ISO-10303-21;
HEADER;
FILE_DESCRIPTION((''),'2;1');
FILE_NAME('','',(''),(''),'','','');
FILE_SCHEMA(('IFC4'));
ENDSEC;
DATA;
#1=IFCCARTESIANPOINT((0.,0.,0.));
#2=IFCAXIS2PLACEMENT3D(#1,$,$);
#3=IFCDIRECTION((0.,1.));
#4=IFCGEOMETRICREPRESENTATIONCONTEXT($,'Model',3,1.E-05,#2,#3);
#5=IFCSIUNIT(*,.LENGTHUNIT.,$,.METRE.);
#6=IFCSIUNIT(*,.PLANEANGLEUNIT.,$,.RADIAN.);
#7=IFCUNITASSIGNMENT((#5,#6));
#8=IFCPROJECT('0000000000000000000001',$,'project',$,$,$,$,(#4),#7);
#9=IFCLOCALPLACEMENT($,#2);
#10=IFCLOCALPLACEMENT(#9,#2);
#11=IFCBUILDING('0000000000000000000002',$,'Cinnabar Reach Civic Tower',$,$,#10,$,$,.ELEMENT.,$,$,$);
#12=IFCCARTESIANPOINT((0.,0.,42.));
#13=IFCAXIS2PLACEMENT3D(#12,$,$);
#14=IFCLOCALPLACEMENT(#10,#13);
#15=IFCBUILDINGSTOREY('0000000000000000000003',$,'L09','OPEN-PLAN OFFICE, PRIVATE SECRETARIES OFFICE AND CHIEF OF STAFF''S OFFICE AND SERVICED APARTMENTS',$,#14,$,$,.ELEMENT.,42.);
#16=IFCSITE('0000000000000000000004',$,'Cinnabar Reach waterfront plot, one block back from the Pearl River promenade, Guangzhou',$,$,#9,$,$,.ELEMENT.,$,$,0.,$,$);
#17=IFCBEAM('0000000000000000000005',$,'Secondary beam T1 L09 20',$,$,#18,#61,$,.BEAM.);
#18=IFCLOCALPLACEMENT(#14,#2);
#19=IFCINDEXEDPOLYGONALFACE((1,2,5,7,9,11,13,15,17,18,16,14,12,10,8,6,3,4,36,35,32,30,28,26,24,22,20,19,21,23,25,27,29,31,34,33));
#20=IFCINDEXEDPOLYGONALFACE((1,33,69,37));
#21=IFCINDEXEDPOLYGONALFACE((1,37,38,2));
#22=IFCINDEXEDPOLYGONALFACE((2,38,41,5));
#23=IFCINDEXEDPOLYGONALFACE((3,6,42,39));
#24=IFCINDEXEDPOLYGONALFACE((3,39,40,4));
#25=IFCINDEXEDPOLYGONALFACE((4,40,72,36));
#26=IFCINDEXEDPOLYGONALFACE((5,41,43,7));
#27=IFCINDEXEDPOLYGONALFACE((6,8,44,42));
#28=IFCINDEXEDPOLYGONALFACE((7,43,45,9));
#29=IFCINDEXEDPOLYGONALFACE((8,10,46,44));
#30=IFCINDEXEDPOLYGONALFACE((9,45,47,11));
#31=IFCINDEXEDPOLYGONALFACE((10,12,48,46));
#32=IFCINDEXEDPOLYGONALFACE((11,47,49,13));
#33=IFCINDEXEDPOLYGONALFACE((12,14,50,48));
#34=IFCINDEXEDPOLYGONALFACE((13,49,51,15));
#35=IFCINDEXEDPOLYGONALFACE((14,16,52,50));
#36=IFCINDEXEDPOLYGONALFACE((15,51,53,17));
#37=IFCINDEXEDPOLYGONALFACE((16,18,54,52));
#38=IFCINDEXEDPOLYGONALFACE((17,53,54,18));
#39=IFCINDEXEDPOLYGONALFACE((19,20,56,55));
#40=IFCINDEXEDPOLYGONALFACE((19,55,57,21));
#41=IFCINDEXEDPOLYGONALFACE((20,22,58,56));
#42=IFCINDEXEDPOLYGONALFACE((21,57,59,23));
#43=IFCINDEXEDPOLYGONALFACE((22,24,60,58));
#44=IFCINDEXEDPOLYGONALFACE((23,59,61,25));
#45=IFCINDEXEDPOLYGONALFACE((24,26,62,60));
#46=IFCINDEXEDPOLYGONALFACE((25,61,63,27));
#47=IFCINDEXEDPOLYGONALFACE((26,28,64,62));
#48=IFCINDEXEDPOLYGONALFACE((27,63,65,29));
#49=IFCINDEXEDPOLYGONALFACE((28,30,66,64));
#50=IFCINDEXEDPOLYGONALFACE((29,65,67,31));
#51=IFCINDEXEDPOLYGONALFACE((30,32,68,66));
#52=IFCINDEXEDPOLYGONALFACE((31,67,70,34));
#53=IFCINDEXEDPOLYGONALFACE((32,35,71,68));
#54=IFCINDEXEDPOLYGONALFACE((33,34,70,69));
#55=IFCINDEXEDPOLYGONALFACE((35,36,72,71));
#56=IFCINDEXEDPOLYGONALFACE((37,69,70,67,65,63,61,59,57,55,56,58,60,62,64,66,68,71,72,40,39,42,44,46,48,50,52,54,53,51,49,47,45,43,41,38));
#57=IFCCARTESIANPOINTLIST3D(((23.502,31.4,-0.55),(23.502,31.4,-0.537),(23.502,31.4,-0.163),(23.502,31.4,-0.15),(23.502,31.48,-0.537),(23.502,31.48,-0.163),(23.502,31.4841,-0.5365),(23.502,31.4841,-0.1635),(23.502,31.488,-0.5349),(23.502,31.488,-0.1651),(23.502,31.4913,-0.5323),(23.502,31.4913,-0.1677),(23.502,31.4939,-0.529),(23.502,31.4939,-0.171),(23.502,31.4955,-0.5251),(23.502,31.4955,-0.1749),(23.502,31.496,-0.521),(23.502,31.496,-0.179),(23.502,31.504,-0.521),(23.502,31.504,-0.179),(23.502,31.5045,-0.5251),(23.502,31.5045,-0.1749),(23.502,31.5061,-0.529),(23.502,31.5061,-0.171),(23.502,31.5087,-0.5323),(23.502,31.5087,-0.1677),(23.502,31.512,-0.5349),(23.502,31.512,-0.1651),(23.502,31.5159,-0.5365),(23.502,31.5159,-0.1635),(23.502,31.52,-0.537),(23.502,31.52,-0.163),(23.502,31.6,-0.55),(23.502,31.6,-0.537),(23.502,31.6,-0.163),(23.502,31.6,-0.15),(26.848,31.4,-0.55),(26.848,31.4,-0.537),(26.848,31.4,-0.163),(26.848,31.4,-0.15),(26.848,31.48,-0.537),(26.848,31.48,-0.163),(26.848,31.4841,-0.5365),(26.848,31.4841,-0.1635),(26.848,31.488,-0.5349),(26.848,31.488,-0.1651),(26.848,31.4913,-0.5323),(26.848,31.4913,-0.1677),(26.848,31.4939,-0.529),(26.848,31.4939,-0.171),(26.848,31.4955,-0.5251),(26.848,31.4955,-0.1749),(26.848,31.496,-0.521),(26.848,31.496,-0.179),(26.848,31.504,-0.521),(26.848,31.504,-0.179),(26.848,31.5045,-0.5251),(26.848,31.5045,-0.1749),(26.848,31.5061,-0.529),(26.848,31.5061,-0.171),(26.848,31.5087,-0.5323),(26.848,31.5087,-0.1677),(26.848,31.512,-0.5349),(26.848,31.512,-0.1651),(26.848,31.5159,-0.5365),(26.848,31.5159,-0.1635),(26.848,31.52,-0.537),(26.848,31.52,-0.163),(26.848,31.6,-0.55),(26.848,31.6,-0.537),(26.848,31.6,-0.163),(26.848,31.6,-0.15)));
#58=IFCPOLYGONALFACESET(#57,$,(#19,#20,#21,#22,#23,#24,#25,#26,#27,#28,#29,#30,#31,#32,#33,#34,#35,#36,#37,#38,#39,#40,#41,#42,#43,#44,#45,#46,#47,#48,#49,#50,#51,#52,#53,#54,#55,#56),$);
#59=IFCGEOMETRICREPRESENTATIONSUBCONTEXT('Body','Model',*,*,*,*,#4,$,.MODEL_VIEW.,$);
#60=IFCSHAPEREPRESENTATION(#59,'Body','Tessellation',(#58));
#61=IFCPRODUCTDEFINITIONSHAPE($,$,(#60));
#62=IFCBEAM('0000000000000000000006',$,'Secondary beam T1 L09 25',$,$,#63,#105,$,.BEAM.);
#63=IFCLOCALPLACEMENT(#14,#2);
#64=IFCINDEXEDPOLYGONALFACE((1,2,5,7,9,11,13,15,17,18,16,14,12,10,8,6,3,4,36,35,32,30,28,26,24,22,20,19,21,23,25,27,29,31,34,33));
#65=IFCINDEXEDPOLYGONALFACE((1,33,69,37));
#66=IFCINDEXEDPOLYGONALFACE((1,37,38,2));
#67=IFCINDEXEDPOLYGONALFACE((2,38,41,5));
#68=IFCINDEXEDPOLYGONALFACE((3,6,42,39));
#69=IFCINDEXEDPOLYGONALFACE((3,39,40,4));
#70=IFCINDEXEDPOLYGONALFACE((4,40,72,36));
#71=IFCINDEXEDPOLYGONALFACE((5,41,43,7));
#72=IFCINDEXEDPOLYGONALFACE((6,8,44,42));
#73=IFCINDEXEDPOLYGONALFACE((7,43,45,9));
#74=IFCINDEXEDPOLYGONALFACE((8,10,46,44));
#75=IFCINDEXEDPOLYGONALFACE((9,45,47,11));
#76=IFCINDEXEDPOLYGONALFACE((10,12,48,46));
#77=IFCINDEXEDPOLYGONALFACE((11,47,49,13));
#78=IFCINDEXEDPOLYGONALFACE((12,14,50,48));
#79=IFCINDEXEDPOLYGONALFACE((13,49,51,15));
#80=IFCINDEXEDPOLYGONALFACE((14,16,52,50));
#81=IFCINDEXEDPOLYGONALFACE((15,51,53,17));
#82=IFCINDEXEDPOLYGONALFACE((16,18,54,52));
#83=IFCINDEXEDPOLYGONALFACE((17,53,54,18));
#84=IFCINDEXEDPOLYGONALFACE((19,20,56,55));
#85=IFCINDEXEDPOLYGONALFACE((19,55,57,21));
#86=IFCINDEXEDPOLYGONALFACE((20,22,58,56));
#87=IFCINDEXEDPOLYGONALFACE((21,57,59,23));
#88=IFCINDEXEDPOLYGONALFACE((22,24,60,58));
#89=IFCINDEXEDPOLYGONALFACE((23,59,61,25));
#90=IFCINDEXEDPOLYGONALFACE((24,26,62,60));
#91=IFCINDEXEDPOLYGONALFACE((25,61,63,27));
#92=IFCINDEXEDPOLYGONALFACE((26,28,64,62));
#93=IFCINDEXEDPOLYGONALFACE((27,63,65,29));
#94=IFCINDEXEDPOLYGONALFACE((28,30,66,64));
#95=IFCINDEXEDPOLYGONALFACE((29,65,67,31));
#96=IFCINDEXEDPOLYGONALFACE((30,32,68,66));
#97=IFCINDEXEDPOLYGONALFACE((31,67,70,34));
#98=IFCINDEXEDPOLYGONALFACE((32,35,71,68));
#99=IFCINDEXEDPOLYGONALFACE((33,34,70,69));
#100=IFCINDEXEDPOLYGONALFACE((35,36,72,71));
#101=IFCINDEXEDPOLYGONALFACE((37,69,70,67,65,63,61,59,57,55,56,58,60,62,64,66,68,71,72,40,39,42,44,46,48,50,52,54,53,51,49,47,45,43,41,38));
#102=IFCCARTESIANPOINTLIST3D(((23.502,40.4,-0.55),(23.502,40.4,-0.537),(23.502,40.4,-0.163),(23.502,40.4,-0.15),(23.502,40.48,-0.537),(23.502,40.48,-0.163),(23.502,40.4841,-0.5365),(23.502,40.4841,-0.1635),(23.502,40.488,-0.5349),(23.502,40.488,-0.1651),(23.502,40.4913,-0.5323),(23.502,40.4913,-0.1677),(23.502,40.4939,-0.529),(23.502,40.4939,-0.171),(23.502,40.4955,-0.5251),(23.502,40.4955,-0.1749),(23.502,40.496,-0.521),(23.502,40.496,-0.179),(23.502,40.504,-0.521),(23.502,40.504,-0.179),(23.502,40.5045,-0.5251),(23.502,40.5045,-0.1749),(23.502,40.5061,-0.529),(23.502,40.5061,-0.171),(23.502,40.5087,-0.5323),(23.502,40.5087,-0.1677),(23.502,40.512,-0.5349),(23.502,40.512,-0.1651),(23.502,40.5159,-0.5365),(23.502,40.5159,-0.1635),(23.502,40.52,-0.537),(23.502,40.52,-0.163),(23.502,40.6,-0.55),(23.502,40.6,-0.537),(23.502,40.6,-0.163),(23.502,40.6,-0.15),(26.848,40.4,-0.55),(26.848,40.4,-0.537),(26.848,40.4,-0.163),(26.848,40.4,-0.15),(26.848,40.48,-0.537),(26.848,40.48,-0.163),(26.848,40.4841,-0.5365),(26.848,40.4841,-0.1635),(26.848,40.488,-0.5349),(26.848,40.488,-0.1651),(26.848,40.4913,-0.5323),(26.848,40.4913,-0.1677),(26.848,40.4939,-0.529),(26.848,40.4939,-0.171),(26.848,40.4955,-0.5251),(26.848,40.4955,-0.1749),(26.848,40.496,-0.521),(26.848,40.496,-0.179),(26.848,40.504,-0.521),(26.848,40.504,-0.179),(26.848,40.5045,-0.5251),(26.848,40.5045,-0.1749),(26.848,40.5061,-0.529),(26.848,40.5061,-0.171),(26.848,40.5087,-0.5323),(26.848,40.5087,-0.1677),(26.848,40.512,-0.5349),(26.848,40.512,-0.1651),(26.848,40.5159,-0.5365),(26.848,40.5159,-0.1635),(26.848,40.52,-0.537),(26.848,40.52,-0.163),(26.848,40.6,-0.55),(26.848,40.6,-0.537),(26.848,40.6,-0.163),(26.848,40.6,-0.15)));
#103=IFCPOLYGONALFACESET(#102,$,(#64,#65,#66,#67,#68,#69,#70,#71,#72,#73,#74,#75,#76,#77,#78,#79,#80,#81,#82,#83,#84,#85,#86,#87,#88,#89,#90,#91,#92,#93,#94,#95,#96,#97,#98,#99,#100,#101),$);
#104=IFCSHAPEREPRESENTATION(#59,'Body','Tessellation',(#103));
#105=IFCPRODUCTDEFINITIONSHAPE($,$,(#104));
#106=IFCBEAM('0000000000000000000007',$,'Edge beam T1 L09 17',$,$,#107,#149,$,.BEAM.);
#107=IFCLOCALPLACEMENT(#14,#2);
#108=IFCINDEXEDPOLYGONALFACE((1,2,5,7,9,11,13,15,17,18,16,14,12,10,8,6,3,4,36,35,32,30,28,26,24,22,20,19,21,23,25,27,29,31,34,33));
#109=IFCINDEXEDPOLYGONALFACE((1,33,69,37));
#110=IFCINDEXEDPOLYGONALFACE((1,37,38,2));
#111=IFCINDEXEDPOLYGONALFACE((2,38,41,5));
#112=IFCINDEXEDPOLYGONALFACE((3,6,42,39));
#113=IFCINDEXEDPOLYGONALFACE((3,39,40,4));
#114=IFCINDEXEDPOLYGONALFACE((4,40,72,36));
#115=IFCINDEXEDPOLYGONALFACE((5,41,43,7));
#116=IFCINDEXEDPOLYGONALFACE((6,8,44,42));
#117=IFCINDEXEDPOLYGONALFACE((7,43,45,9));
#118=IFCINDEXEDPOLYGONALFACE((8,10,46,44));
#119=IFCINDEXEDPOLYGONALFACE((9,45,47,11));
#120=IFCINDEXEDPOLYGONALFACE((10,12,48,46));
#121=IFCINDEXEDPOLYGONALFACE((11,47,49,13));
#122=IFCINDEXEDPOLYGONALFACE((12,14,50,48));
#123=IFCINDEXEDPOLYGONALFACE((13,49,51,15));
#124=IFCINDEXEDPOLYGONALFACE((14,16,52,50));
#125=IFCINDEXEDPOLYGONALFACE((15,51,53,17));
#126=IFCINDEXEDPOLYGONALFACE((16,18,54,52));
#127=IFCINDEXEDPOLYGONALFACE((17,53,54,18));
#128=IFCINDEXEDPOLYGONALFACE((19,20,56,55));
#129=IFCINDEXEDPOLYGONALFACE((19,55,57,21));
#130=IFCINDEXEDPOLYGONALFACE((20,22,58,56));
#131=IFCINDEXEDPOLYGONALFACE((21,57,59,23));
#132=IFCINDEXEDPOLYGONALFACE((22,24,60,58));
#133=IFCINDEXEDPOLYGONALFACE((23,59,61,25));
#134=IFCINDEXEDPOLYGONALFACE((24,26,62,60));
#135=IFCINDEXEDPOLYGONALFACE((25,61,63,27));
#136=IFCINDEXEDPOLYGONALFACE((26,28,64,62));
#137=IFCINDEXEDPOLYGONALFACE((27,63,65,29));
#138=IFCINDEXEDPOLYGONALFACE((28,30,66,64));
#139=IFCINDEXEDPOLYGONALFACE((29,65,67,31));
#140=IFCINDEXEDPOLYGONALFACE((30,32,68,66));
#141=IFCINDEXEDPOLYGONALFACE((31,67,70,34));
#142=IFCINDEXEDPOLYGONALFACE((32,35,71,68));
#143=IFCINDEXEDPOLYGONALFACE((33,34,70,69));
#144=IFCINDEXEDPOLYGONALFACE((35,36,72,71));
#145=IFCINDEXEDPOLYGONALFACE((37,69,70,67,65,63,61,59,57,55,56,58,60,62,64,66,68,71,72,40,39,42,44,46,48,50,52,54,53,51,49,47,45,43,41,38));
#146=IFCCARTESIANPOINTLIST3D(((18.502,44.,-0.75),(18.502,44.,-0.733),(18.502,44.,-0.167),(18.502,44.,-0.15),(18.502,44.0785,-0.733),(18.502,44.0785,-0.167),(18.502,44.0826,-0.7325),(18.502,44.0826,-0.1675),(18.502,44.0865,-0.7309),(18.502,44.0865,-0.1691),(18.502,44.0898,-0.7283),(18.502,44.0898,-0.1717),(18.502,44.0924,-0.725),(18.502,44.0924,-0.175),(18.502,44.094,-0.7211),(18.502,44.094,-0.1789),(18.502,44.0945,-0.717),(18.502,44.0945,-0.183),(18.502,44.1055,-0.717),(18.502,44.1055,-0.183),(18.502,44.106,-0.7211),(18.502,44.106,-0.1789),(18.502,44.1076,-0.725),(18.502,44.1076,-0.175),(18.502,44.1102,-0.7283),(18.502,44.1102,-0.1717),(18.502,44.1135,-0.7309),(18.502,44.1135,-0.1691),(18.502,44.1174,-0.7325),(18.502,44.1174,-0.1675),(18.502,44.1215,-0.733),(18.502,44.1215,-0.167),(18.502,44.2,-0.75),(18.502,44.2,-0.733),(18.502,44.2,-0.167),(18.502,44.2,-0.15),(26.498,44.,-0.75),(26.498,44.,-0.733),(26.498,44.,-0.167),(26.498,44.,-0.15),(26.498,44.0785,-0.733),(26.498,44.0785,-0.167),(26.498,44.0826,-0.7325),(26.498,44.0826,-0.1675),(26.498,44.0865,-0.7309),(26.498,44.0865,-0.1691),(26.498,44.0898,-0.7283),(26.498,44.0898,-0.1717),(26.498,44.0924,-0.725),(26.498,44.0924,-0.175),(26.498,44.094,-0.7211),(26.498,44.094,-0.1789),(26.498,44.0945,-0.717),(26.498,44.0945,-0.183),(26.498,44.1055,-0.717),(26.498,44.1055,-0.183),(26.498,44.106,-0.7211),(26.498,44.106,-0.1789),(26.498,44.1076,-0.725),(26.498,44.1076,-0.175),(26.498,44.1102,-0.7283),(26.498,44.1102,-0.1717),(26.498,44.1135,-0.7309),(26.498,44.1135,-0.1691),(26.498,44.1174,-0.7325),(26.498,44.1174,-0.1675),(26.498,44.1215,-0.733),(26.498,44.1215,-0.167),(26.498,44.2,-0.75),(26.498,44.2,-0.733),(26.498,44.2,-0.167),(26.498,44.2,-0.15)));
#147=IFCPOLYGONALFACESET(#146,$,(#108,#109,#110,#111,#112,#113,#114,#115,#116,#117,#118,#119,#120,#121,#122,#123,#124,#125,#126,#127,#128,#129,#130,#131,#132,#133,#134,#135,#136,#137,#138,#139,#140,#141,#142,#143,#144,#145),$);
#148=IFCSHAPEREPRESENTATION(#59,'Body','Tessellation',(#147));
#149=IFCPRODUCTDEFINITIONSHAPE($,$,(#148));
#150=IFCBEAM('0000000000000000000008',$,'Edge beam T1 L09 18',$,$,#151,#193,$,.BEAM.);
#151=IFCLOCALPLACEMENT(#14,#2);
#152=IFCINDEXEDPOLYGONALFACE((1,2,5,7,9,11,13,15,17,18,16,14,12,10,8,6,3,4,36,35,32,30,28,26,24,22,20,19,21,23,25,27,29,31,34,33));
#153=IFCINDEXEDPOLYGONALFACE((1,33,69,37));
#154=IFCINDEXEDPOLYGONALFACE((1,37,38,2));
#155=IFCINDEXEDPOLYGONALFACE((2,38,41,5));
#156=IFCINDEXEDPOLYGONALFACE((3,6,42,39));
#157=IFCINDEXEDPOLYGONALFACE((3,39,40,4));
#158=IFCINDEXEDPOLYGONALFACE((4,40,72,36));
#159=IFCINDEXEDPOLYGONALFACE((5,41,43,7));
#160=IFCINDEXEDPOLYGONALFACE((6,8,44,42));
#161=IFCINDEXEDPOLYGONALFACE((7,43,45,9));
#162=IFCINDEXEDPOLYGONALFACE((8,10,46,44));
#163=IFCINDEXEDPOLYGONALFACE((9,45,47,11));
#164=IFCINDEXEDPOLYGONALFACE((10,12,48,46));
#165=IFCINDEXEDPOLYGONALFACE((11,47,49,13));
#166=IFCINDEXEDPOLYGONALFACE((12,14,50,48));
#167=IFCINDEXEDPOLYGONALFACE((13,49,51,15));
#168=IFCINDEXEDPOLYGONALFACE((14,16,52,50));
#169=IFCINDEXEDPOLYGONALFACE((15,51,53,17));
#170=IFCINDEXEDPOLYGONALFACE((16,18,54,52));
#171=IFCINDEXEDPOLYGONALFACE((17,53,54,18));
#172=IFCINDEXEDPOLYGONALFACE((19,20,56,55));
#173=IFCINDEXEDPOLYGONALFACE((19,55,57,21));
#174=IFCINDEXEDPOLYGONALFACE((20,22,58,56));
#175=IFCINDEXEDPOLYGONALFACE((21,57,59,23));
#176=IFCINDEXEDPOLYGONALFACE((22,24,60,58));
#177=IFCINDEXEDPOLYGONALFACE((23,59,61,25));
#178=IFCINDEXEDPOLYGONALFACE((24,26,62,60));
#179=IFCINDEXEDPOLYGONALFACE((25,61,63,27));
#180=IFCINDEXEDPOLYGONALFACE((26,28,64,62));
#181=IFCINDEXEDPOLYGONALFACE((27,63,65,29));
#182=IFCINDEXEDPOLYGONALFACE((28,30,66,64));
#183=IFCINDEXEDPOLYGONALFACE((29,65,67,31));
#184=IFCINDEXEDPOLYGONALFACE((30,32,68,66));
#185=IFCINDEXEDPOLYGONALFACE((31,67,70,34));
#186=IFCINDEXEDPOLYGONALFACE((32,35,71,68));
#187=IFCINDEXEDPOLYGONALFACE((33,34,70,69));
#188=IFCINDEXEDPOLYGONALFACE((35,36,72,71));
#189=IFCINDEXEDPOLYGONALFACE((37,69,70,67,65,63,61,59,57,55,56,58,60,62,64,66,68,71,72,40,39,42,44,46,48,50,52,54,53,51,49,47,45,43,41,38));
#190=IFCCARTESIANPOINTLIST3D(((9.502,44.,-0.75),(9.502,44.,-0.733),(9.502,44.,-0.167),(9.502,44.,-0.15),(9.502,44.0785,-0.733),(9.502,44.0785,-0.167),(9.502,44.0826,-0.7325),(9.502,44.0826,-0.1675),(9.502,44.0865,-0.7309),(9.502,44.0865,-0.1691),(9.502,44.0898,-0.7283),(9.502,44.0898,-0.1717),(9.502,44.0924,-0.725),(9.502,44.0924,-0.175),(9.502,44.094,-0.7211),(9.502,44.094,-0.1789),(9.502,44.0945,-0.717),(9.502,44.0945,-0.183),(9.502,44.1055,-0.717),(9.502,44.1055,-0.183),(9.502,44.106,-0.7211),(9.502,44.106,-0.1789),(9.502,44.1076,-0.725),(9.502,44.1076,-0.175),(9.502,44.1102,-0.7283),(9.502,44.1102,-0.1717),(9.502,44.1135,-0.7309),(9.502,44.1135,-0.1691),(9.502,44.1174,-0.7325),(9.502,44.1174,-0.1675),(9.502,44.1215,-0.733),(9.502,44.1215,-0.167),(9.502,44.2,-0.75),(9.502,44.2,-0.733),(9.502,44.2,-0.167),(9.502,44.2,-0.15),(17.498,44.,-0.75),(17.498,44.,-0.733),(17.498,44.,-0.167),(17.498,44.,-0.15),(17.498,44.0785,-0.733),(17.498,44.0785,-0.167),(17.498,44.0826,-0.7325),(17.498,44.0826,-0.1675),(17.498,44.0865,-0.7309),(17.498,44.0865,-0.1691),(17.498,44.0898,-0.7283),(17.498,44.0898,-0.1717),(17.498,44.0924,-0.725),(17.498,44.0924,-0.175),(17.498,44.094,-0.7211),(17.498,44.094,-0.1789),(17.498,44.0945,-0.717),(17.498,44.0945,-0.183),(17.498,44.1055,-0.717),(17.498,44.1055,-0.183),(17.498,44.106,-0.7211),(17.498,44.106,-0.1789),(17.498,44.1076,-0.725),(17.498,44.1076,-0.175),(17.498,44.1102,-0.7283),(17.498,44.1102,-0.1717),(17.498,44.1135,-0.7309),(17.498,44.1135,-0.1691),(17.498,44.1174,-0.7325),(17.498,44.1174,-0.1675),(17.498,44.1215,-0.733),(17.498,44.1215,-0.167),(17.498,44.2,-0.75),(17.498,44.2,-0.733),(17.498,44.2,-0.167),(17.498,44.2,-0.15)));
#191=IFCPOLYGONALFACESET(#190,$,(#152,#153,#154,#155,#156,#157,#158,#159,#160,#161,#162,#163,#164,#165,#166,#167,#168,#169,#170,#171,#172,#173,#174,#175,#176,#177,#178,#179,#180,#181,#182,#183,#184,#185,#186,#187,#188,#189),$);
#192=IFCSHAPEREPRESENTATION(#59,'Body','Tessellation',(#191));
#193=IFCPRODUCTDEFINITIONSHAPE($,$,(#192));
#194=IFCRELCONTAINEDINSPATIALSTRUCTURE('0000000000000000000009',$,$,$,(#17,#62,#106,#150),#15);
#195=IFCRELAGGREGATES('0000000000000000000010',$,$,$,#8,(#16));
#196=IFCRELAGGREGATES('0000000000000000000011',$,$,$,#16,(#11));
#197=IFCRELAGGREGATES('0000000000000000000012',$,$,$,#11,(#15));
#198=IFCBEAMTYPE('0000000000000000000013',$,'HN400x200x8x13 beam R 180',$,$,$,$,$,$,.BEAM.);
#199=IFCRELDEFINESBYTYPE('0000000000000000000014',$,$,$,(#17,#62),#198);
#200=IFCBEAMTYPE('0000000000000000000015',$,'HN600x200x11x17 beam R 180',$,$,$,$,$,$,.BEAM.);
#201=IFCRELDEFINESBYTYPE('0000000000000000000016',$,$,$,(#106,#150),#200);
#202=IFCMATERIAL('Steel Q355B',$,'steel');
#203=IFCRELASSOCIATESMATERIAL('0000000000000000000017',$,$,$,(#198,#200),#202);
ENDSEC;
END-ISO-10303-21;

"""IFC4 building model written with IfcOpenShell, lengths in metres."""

from ifc_helpers import new_model, si_unit, direction, frame, origin, origin_2d, place, context, subcontext, project, spatial, i_section, extrude, material, material_profile, profile_set, type_object, element, save


model = new_model("IFC4")

# Units and contexts
model_context = context("Model", 3, precision=1e-05, world=origin(), true_north=direction((0.0, 1.0)))
body_context = subcontext(model_context, "Body", "Model", "MODEL_VIEW")
ifc_project = project(units=[si_unit("LENGTHUNIT", "METRE"), si_unit("PLANEANGLEUNIT", "RADIAN")], contexts=[model_context])

# Site, building, storey
site_placement = place(None, origin())
site = spatial("IfcSite", under=ifc_project, at=site_placement, Name="Cinnabar Reach waterfront plot, one block back from the Pearl River promenade, Guangzhou", CompositionType="ELEMENT", RefElevation=0.0)
building_placement = place(site_placement, origin())
building = spatial("IfcBuilding", under=site, at=building_placement, Name="Cinnabar Reach Civic Tower", CompositionType="ELEMENT")
storey_placement = place(building_placement, frame((0.0, 0.0, 42.0)))
storey = spatial("IfcBuildingStorey", under=building, at=storey_placement, Name="L09", Description="OPEN-PLAN OFFICE, PRIVATE SECRETARIES OFFICE AND CHIEF OF STAFF'S OFFICE AND SERVICED APARTMENTS", CompositionType="ELEMENT", Elevation=42.0)

# Beams
ifc_material_1 = material(Name="Steel Q355B", Category="steel")
ifc_material_profile_1 = material_profile(ifc_material_1, i_section(OverallWidth=0.2, OverallDepth=0.4, WebThickness=0.008, FlangeThickness=0.013, FilletRadius=0.016, at=origin_2d()), Name="HN400x200x8x13")
ifc_profile_set_1 = profile_set([ifc_material_profile_1], Name="Steel Q355B")
beam_type_1 = type_object("IfcBeamType", Name="HN400x200x8x13 beam R 180", PredefinedType="BEAM", material=ifc_profile_set_1)
for number, where, z_axis, x_axis, name in (
    (1, (23.502, 31.5, -0.35), (1.0, 0.0, 0.0), (0.0, 1.0, 0.0), "Secondary beam T1 L09 20"),
    (2, (23.502, 40.5, -0.35), (1.0, 0.0, 0.0), (0.0, 1.0, 0.0), "Secondary beam T1 L09 25"),
):
    element("IfcBeam", number, at=place(storey_placement, frame(where, z_axis=z_axis, x_axis=x_axis)), inside=storey, type_object=beam_type_1, Name=name, PredefinedType="BEAM", context=body_context, shape_type="SweptSolid", body=[
        extrude(i_section(OverallWidth=0.2, OverallDepth=0.4, WebThickness=0.008, FlangeThickness=0.013, FilletRadius=0.016, at=origin_2d()), origin(), (0.0, 0.0, 1.0), 3.346),
    ])
ifc_material_profile_2 = material_profile(ifc_material_1, i_section(OverallWidth=0.2, OverallDepth=0.6, WebThickness=0.011, FlangeThickness=0.017, FilletRadius=0.016, at=origin_2d()), Name="HN600x200x11x17")
ifc_profile_set_2 = profile_set([ifc_material_profile_2], Name="Steel Q355B")
beam_type_2 = type_object("IfcBeamType", Name="HN600x200x11x17 beam R 180", PredefinedType="BEAM", material=ifc_profile_set_2)
for number, where, z_axis, x_axis, name in (
    (3, (26.498, 44.1, -0.45), (-1.0, 0.0, 0.0), (0.0, -1.0, 0.0), "Edge beam T1 L09 17"),
    (4, (17.498, 44.1, -0.45), (-1.0, 0.0, 0.0), (0.0, -1.0, 0.0), "Edge beam T1 L09 18"),
):
    element("IfcBeam", number, at=place(storey_placement, frame(where, z_axis=z_axis, x_axis=x_axis)), inside=storey, type_object=beam_type_2, Name=name, PredefinedType="BEAM", context=body_context, shape_type="SweptSolid", body=[
        extrude(i_section(OverallWidth=0.2, OverallDepth=0.6, WebThickness=0.011, FlangeThickness=0.017, FilletRadius=0.016, at=origin_2d()), origin(), (0.0, 0.0, 1.0), 7.996),
    ])

save(model, "model.ifc")
